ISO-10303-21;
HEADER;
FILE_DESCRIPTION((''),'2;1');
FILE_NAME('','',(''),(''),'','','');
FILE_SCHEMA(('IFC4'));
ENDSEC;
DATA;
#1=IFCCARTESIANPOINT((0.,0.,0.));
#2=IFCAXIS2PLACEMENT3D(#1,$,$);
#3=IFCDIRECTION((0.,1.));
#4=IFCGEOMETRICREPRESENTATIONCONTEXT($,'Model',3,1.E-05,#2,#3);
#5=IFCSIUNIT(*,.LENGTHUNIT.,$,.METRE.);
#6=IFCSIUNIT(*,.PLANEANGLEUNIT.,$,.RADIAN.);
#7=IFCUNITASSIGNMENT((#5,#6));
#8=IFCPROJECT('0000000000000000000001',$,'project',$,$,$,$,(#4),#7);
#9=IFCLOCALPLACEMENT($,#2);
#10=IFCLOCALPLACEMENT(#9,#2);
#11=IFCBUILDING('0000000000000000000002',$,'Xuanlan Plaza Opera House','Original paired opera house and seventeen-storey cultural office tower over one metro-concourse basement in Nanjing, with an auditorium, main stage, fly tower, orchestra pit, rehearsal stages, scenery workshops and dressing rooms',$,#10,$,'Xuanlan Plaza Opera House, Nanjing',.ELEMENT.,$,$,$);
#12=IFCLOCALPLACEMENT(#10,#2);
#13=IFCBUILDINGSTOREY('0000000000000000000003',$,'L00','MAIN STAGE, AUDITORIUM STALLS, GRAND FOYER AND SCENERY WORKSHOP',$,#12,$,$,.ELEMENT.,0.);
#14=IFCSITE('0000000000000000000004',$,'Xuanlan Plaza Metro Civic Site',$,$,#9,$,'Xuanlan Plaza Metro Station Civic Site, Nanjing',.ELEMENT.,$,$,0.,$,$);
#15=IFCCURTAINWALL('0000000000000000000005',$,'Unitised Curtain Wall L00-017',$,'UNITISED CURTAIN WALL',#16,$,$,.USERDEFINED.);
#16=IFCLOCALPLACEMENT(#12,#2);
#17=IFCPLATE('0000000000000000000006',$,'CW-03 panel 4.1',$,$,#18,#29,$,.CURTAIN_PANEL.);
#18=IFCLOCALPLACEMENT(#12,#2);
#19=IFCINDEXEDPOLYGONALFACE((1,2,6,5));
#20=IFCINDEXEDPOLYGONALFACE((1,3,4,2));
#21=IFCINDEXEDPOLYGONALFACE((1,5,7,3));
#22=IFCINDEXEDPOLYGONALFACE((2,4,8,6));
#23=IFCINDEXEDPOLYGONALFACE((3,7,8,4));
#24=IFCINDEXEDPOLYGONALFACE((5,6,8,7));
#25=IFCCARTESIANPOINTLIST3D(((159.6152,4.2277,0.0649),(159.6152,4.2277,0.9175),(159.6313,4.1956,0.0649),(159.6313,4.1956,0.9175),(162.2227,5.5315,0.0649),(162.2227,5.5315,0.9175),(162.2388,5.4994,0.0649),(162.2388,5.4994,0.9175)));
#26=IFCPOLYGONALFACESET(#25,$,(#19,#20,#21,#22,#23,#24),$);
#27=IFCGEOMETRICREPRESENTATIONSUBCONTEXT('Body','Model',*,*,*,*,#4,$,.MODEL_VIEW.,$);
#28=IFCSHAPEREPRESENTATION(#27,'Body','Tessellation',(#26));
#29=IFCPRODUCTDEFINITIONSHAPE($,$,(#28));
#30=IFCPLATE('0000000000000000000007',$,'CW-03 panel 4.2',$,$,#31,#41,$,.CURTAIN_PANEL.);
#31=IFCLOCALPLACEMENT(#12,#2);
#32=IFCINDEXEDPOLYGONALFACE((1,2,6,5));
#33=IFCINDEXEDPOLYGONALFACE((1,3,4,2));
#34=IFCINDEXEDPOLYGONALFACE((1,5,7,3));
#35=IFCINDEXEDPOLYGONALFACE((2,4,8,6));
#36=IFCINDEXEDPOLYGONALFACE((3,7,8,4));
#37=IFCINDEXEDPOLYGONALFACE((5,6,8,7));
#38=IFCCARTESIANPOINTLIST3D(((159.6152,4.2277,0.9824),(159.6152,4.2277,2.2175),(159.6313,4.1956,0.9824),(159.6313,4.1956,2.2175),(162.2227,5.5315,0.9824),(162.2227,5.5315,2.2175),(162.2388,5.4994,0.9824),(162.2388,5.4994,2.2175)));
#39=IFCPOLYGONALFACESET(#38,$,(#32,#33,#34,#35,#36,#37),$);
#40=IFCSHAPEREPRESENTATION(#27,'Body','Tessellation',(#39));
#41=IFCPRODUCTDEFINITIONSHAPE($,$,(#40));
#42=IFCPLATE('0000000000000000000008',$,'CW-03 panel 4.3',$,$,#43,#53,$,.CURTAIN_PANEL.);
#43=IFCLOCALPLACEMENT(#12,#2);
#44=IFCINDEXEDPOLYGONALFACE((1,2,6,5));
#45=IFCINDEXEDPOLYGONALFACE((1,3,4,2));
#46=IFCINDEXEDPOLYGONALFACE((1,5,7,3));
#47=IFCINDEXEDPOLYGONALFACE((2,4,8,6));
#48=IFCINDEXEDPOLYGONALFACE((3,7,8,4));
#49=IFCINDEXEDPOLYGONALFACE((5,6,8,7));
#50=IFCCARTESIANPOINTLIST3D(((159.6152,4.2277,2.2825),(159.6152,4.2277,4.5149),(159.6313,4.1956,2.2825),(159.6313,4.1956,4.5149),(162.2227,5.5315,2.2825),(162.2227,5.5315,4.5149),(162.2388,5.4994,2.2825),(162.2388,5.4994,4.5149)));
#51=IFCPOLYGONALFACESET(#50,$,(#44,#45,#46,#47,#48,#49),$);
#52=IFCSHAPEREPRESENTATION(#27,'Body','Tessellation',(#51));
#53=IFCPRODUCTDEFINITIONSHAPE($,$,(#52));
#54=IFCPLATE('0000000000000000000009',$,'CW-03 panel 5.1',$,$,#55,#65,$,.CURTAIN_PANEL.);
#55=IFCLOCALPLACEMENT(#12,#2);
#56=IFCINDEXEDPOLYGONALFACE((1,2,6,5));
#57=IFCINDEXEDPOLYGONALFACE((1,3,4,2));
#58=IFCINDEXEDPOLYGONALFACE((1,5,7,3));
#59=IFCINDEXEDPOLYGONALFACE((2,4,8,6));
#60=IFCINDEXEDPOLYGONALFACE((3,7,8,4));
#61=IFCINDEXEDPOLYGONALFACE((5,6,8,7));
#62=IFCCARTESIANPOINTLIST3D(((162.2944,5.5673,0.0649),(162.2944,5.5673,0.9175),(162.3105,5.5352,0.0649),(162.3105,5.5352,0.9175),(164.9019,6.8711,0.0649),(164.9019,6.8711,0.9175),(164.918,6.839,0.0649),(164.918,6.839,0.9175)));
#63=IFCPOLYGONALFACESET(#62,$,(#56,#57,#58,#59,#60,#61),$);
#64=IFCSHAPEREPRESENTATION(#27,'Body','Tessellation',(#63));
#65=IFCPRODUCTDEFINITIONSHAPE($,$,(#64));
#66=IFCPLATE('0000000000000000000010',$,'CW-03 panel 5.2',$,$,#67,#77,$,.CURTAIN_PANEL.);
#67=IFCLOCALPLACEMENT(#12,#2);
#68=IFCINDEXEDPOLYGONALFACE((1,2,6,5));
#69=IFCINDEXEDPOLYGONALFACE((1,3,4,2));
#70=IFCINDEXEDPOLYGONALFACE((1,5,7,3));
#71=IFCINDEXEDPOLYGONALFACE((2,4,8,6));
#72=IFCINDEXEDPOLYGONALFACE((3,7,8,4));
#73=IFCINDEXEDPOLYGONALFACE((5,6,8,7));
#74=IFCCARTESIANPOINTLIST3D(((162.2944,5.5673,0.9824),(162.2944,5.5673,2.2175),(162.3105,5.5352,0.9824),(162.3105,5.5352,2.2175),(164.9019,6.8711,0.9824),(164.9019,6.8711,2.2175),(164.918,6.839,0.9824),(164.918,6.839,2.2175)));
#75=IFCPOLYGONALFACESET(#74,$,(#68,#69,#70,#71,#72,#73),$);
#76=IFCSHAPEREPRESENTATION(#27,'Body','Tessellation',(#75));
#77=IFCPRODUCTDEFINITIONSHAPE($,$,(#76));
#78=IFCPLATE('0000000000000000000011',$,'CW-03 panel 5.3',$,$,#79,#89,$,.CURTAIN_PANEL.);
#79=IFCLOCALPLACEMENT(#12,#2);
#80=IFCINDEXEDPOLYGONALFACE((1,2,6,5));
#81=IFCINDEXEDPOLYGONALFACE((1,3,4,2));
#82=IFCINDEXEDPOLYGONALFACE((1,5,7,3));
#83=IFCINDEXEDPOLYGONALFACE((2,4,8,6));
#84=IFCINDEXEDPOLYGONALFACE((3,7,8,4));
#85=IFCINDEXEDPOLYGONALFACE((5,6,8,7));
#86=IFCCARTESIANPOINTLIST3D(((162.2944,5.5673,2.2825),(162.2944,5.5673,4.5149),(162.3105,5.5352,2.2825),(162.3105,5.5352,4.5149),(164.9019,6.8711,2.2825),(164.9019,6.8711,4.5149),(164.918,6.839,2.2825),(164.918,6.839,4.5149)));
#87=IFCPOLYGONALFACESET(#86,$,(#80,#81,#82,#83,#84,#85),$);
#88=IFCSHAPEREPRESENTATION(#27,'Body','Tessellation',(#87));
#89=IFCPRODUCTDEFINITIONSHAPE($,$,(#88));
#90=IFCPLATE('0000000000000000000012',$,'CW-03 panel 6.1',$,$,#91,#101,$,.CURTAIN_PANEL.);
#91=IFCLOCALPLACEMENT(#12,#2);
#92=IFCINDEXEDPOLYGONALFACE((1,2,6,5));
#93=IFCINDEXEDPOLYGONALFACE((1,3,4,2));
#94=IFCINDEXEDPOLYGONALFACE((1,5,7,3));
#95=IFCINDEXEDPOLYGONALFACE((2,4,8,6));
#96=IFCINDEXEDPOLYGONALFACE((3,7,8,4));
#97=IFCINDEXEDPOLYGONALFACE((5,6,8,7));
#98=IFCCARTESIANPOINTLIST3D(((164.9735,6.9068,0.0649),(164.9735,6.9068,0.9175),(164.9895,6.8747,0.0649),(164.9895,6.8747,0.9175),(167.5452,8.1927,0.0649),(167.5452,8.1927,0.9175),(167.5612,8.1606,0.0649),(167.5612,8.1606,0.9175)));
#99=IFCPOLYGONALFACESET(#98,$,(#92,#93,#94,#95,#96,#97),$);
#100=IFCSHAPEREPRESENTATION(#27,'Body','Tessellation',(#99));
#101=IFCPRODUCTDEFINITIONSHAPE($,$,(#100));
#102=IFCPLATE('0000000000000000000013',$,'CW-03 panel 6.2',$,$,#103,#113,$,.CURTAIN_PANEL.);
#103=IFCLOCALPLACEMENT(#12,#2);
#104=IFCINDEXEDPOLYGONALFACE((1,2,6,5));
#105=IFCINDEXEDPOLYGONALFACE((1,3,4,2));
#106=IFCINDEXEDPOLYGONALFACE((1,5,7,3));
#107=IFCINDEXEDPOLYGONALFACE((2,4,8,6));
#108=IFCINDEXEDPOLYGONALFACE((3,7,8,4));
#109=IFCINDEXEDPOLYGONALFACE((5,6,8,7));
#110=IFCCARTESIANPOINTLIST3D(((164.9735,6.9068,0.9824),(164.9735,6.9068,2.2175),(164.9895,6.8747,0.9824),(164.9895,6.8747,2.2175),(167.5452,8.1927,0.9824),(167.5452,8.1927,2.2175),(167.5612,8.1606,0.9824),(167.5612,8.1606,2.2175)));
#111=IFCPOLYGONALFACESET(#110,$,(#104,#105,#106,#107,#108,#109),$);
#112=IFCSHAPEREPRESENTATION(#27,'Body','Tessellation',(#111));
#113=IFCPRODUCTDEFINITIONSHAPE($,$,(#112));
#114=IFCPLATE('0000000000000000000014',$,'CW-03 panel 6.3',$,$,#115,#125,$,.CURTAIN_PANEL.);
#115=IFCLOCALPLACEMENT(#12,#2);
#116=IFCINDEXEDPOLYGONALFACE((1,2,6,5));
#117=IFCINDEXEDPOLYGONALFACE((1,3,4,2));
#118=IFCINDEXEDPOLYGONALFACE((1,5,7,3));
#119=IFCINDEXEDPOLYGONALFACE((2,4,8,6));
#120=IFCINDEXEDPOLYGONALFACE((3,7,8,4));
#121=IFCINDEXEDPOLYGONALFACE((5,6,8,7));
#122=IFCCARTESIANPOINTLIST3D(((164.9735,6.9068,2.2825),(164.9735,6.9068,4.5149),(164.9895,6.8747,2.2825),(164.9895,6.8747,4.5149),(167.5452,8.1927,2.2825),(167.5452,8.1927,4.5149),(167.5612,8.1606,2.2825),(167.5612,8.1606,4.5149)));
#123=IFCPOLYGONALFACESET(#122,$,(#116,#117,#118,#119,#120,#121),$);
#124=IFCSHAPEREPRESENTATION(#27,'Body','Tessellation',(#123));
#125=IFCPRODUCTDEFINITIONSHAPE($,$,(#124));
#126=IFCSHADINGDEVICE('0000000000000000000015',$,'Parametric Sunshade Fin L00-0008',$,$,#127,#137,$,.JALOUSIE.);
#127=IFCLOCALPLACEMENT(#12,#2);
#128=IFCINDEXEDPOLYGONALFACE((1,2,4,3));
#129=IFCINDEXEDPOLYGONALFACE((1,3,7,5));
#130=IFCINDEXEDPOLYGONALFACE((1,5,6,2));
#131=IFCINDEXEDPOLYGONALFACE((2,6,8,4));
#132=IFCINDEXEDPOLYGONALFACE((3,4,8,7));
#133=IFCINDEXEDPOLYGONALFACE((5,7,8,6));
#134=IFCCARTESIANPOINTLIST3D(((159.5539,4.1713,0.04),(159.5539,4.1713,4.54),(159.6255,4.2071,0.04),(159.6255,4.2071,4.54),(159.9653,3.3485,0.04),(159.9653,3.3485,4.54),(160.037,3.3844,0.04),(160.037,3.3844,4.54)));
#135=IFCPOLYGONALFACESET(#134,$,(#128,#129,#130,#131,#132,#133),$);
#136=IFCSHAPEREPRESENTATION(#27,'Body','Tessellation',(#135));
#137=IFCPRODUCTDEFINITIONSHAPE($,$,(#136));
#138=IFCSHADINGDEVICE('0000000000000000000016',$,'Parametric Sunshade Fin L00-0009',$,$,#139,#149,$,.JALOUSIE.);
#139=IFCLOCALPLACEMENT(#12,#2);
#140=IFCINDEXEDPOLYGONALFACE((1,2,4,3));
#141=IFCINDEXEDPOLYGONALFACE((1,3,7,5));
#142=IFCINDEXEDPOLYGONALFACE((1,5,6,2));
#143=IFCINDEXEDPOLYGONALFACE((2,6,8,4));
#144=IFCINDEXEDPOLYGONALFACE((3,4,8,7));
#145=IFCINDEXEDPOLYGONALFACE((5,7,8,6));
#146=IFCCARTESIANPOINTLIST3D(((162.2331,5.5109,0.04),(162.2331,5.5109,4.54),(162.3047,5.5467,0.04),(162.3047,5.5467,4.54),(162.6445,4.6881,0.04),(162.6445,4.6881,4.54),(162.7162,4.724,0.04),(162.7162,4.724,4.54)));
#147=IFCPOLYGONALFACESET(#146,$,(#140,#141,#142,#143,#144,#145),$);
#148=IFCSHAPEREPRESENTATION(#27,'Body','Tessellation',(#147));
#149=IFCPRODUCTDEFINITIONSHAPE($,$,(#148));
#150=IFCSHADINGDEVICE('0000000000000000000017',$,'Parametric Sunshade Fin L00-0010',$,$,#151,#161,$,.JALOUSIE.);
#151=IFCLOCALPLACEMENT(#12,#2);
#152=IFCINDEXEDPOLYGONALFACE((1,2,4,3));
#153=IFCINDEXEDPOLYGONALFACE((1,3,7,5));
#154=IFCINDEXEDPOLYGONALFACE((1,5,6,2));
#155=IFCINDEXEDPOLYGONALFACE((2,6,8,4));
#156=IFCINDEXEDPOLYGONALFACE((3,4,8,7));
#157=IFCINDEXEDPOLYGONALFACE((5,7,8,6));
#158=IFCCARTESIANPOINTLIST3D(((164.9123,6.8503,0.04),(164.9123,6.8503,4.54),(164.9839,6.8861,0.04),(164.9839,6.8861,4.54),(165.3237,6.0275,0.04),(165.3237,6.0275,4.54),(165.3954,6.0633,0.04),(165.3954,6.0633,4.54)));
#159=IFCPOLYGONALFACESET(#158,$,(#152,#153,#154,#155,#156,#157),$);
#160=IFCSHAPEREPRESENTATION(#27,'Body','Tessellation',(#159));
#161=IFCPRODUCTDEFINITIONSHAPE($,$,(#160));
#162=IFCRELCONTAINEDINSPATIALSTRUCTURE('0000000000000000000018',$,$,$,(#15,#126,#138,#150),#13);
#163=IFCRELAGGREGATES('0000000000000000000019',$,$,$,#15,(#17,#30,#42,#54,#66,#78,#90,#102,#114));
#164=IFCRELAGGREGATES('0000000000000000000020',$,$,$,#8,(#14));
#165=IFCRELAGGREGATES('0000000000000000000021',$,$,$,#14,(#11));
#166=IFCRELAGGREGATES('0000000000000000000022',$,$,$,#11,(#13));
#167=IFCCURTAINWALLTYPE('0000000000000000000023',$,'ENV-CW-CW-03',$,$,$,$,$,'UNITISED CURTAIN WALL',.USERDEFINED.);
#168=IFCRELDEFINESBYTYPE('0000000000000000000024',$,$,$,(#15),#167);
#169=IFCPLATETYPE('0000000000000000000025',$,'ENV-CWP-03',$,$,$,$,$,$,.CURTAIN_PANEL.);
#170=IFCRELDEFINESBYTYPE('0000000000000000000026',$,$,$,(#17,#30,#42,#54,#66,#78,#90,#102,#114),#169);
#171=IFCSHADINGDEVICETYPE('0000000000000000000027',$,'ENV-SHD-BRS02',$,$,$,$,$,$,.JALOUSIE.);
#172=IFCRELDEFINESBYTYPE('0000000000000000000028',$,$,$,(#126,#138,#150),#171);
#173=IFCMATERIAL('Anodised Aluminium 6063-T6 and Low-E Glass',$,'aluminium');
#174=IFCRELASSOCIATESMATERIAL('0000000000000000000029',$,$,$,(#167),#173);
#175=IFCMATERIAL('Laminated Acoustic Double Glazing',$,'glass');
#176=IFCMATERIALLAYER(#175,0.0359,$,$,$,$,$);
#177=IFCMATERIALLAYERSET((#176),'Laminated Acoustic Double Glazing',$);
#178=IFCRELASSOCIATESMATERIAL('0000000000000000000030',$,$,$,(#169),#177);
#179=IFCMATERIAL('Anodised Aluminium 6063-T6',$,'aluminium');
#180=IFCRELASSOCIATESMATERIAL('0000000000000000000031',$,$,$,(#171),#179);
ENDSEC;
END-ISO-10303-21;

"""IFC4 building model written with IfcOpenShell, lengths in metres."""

from ifc_helpers import new_model, si_unit, direction, frame, origin, origin_2d, place, context, subcontext, project, spatial, rectangle, extrude, material, layer, layer_set, type_object, element, aggregate, save


model = new_model("IFC4")

# Units and contexts
model_context = context("Model", 3, precision=1e-05, world=origin(), true_north=direction((0.0, 1.0)))
body_context = subcontext(model_context, "Body", "Model", "MODEL_VIEW")
ifc_project = project(units=[si_unit("LENGTHUNIT", "METRE"), si_unit("PLANEANGLEUNIT", "RADIAN")], contexts=[model_context])

# Site, building, storey
site_placement = place(None, origin())
site = spatial("IfcSite", under=ifc_project, at=site_placement, Name="Xuanlan Plaza Metro Civic Site", LongName="Xuanlan Plaza Metro Station Civic Site, Nanjing", CompositionType="ELEMENT", RefElevation=0.0)
building_placement = place(site_placement, origin())
building = spatial("IfcBuilding", under=site, at=building_placement, Name="Xuanlan Plaza Opera House", Description="Original paired opera house and seventeen-storey cultural office tower over one metro-concourse basement in Nanjing, with an auditorium, main stage, fly tower, orchestra pit, rehearsal stages, scenery workshops and dressing rooms", LongName="Xuanlan Plaza Opera House, Nanjing", CompositionType="ELEMENT")
storey_placement = place(building_placement, origin())
storey = spatial("IfcBuildingStorey", under=building, at=storey_placement, Name="L00", Description="MAIN STAGE, AUDITORIUM STALLS, GRAND FOYER AND SCENERY WORKSHOP", CompositionType="ELEMENT", Elevation=0.0)

# Curtain wall, plates
ifc_material_1 = material(Name="Anodised Aluminium 6063-T6 and Low-E Glass", Category="aluminium")
curtain_wall_type = type_object("IfcCurtainWallType", Name="ENV-CW-CW-03", ElementType="UNITISED CURTAIN WALL", PredefinedType="USERDEFINED", material=ifc_material_1)
curtain_wall_placement = place(storey_placement, origin())
curtain_wall = element("IfcCurtainWall", 1, at=curtain_wall_placement, inside=storey, type_object=curtain_wall_type, Name="Unitised Curtain Wall L00-017", ObjectType="UNITISED CURTAIN WALL", PredefinedType="USERDEFINED")
ifc_material_2 = material(Name="Anodised Aluminium 6063-T6", Category="aluminium")
ifc_material_3 = material(Name="Laminated Acoustic Double Glazing", Category="glass")
ifc_layer = layer(ifc_material_3, 0.0359)
ifc_layer_set = layer_set([ifc_layer], Name="Laminated Acoustic Double Glazing")
plate_type = type_object("IfcPlateType", Name="ENV-CWP-03", PredefinedType="CURTAIN_PANEL", material=ifc_layer_set)
plate_1_placement = place(storey_placement, frame((160.927, 4.8635, 0.0649), z_axis=(0.0, 0.0, 1.0), x_axis=(0.894427, 0.447214, 0.0)))
plate_1 = element("IfcPlate", 2, at=plate_1_placement, type_object=plate_type, Name="CW-03 panel 4.1", PredefinedType="CURTAIN_PANEL", context=body_context, shape_type="SweptSolid", body=[
    extrude(rectangle(XDim=2.9153, YDim=0.0359, at=origin_2d()), origin(), (0.0, 0.0, 1.0), 0.8525),
])
plate_2_placement = place(storey_placement, frame((160.927, 4.8635, 0.9824), z_axis=(0.0, 0.0, 1.0), x_axis=(0.894427, 0.447214, 0.0)))
plate_2 = element("IfcPlate", 3, at=plate_2_placement, type_object=plate_type, Name="CW-03 panel 4.2", PredefinedType="CURTAIN_PANEL", context=body_context, shape_type="SweptSolid", body=[
    extrude(rectangle(XDim=2.9153, YDim=0.0359, at=origin_2d()), origin(), (0.0, 0.0, 1.0), 1.2351),
])
plate_3_placement = place(storey_placement, frame((160.927, 4.8635, 2.2825), z_axis=(0.0, 0.0, 1.0), x_axis=(0.894427, 0.447214, 0.0)))
plate_3 = element("IfcPlate", 4, at=plate_3_placement, type_object=plate_type, Name="CW-03 panel 4.3", PredefinedType="CURTAIN_PANEL", context=body_context, shape_type="SweptSolid", body=[
    extrude(rectangle(XDim=2.9153, YDim=0.0359, at=origin_2d()), origin(), (0.0, 0.0, 1.0), 2.2324),
])
plate_4_placement = place(storey_placement, frame((163.6062, 6.2031, 0.0649), z_axis=(0.0, 0.0, 1.0), x_axis=(0.894427, 0.447214, 0.0)))
plate_4 = element("IfcPlate", 5, at=plate_4_placement, type_object=plate_type, Name="CW-03 panel 5.1", PredefinedType="CURTAIN_PANEL", context=body_context, shape_type="SweptSolid", body=[
    extrude(rectangle(XDim=2.9153, YDim=0.0359, at=origin_2d()), origin(), (0.0, 0.0, 1.0), 0.8525),
])
plate_5_placement = place(storey_placement, frame((163.6062, 6.2031, 0.9824), z_axis=(0.0, 0.0, 1.0), x_axis=(0.894427, 0.447214, 0.0)))
plate_5 = element("IfcPlate", 6, at=plate_5_placement, type_object=plate_type, Name="CW-03 panel 5.2", PredefinedType="CURTAIN_PANEL", context=body_context, shape_type="SweptSolid", body=[
    extrude(rectangle(XDim=2.9153, YDim=0.0359, at=origin_2d()), origin(), (0.0, 0.0, 1.0), 1.2351),
])
plate_6_placement = place(storey_placement, frame((163.6062, 6.2031, 2.2825), z_axis=(0.0, 0.0, 1.0), x_axis=(0.894427, 0.447214, 0.0)))
plate_6 = element("IfcPlate", 7, at=plate_6_placement, type_object=plate_type, Name="CW-03 panel 5.3", PredefinedType="CURTAIN_PANEL", context=body_context, shape_type="SweptSolid", body=[
    extrude(rectangle(XDim=2.9153, YDim=0.0359, at=origin_2d()), origin(), (0.0, 0.0, 1.0), 2.2324),
])
plate_7_placement = place(storey_placement, frame((166.2673, 7.5337, 0.0649), z_axis=(0.0, 0.0, 1.0), x_axis=(0.894427, 0.447214, 0.0)))
plate_7 = element("IfcPlate", 8, at=plate_7_placement, type_object=plate_type, Name="CW-03 panel 6.1", PredefinedType="CURTAIN_PANEL", context=body_context, shape_type="SweptSolid", body=[
    extrude(rectangle(XDim=2.8752, YDim=0.0359, at=origin_2d()), origin(), (0.0, 0.0, 1.0), 0.8525),
])
plate_8_placement = place(storey_placement, frame((166.2673, 7.5337, 0.9824), z_axis=(0.0, 0.0, 1.0), x_axis=(0.894427, 0.447214, 0.0)))
plate_8 = element("IfcPlate", 9, at=plate_8_placement, type_object=plate_type, Name="CW-03 panel 6.2", PredefinedType="CURTAIN_PANEL", context=body_context, shape_type="SweptSolid", body=[
    extrude(rectangle(XDim=2.8752, YDim=0.0359, at=origin_2d()), origin(), (0.0, 0.0, 1.0), 1.2351),
])
plate_9_placement = place(storey_placement, frame((166.2673, 7.5337, 2.2825), z_axis=(0.0, 0.0, 1.0), x_axis=(0.894427, 0.447214, 0.0)))
plate_9 = element("IfcPlate", 10, at=plate_9_placement, type_object=plate_type, Name="CW-03 panel 6.3", PredefinedType="CURTAIN_PANEL", context=body_context, shape_type="SweptSolid", body=[
    extrude(rectangle(XDim=2.8752, YDim=0.0359, at=origin_2d()), origin(), (0.0, 0.0, 1.0), 2.2324),
])
aggregate(curtain_wall, [plate_1, plate_2, plate_3, plate_4, plate_5, plate_6, plate_7, plate_8, plate_9])

# Shading devices
shading_device_type = type_object("IfcShadingDeviceType", Name="ENV-SHD-BRS02", PredefinedType="JALOUSIE", material=ifc_material_2)
for number, where, z_axis, x_axis, name in (
    (11, (159.7954, 3.7778, 0.04), (0.0, 0.0, 1.0), (0.447291, -0.894389, 0.0), "Parametric Sunshade Fin L00-0008"),
    (12, (162.4746, 5.1174, 0.04), (0.0, 0.0, 1.0), (0.447291, -0.894389, 0.0), "Parametric Sunshade Fin L00-0009"),
    (13, (165.1538, 6.4568, 0.04), (0.0, 0.0, 1.0), (0.447291, -0.894389, 0.0), "Parametric Sunshade Fin L00-0010"),
):
    element("IfcShadingDevice", number, at=place(storey_placement, frame(where, z_axis=z_axis, x_axis=x_axis)), inside=storey, type_object=shading_device_type, Name=name, PredefinedType="JALOUSIE", context=body_context, shape_type="SweptSolid", body=[
        extrude(rectangle(XDim=0.9199, YDim=0.0801, at=origin_2d()), origin(), (0.0, 0.0, 1.0), 4.5),
    ])

save(model, "model.ifc")
